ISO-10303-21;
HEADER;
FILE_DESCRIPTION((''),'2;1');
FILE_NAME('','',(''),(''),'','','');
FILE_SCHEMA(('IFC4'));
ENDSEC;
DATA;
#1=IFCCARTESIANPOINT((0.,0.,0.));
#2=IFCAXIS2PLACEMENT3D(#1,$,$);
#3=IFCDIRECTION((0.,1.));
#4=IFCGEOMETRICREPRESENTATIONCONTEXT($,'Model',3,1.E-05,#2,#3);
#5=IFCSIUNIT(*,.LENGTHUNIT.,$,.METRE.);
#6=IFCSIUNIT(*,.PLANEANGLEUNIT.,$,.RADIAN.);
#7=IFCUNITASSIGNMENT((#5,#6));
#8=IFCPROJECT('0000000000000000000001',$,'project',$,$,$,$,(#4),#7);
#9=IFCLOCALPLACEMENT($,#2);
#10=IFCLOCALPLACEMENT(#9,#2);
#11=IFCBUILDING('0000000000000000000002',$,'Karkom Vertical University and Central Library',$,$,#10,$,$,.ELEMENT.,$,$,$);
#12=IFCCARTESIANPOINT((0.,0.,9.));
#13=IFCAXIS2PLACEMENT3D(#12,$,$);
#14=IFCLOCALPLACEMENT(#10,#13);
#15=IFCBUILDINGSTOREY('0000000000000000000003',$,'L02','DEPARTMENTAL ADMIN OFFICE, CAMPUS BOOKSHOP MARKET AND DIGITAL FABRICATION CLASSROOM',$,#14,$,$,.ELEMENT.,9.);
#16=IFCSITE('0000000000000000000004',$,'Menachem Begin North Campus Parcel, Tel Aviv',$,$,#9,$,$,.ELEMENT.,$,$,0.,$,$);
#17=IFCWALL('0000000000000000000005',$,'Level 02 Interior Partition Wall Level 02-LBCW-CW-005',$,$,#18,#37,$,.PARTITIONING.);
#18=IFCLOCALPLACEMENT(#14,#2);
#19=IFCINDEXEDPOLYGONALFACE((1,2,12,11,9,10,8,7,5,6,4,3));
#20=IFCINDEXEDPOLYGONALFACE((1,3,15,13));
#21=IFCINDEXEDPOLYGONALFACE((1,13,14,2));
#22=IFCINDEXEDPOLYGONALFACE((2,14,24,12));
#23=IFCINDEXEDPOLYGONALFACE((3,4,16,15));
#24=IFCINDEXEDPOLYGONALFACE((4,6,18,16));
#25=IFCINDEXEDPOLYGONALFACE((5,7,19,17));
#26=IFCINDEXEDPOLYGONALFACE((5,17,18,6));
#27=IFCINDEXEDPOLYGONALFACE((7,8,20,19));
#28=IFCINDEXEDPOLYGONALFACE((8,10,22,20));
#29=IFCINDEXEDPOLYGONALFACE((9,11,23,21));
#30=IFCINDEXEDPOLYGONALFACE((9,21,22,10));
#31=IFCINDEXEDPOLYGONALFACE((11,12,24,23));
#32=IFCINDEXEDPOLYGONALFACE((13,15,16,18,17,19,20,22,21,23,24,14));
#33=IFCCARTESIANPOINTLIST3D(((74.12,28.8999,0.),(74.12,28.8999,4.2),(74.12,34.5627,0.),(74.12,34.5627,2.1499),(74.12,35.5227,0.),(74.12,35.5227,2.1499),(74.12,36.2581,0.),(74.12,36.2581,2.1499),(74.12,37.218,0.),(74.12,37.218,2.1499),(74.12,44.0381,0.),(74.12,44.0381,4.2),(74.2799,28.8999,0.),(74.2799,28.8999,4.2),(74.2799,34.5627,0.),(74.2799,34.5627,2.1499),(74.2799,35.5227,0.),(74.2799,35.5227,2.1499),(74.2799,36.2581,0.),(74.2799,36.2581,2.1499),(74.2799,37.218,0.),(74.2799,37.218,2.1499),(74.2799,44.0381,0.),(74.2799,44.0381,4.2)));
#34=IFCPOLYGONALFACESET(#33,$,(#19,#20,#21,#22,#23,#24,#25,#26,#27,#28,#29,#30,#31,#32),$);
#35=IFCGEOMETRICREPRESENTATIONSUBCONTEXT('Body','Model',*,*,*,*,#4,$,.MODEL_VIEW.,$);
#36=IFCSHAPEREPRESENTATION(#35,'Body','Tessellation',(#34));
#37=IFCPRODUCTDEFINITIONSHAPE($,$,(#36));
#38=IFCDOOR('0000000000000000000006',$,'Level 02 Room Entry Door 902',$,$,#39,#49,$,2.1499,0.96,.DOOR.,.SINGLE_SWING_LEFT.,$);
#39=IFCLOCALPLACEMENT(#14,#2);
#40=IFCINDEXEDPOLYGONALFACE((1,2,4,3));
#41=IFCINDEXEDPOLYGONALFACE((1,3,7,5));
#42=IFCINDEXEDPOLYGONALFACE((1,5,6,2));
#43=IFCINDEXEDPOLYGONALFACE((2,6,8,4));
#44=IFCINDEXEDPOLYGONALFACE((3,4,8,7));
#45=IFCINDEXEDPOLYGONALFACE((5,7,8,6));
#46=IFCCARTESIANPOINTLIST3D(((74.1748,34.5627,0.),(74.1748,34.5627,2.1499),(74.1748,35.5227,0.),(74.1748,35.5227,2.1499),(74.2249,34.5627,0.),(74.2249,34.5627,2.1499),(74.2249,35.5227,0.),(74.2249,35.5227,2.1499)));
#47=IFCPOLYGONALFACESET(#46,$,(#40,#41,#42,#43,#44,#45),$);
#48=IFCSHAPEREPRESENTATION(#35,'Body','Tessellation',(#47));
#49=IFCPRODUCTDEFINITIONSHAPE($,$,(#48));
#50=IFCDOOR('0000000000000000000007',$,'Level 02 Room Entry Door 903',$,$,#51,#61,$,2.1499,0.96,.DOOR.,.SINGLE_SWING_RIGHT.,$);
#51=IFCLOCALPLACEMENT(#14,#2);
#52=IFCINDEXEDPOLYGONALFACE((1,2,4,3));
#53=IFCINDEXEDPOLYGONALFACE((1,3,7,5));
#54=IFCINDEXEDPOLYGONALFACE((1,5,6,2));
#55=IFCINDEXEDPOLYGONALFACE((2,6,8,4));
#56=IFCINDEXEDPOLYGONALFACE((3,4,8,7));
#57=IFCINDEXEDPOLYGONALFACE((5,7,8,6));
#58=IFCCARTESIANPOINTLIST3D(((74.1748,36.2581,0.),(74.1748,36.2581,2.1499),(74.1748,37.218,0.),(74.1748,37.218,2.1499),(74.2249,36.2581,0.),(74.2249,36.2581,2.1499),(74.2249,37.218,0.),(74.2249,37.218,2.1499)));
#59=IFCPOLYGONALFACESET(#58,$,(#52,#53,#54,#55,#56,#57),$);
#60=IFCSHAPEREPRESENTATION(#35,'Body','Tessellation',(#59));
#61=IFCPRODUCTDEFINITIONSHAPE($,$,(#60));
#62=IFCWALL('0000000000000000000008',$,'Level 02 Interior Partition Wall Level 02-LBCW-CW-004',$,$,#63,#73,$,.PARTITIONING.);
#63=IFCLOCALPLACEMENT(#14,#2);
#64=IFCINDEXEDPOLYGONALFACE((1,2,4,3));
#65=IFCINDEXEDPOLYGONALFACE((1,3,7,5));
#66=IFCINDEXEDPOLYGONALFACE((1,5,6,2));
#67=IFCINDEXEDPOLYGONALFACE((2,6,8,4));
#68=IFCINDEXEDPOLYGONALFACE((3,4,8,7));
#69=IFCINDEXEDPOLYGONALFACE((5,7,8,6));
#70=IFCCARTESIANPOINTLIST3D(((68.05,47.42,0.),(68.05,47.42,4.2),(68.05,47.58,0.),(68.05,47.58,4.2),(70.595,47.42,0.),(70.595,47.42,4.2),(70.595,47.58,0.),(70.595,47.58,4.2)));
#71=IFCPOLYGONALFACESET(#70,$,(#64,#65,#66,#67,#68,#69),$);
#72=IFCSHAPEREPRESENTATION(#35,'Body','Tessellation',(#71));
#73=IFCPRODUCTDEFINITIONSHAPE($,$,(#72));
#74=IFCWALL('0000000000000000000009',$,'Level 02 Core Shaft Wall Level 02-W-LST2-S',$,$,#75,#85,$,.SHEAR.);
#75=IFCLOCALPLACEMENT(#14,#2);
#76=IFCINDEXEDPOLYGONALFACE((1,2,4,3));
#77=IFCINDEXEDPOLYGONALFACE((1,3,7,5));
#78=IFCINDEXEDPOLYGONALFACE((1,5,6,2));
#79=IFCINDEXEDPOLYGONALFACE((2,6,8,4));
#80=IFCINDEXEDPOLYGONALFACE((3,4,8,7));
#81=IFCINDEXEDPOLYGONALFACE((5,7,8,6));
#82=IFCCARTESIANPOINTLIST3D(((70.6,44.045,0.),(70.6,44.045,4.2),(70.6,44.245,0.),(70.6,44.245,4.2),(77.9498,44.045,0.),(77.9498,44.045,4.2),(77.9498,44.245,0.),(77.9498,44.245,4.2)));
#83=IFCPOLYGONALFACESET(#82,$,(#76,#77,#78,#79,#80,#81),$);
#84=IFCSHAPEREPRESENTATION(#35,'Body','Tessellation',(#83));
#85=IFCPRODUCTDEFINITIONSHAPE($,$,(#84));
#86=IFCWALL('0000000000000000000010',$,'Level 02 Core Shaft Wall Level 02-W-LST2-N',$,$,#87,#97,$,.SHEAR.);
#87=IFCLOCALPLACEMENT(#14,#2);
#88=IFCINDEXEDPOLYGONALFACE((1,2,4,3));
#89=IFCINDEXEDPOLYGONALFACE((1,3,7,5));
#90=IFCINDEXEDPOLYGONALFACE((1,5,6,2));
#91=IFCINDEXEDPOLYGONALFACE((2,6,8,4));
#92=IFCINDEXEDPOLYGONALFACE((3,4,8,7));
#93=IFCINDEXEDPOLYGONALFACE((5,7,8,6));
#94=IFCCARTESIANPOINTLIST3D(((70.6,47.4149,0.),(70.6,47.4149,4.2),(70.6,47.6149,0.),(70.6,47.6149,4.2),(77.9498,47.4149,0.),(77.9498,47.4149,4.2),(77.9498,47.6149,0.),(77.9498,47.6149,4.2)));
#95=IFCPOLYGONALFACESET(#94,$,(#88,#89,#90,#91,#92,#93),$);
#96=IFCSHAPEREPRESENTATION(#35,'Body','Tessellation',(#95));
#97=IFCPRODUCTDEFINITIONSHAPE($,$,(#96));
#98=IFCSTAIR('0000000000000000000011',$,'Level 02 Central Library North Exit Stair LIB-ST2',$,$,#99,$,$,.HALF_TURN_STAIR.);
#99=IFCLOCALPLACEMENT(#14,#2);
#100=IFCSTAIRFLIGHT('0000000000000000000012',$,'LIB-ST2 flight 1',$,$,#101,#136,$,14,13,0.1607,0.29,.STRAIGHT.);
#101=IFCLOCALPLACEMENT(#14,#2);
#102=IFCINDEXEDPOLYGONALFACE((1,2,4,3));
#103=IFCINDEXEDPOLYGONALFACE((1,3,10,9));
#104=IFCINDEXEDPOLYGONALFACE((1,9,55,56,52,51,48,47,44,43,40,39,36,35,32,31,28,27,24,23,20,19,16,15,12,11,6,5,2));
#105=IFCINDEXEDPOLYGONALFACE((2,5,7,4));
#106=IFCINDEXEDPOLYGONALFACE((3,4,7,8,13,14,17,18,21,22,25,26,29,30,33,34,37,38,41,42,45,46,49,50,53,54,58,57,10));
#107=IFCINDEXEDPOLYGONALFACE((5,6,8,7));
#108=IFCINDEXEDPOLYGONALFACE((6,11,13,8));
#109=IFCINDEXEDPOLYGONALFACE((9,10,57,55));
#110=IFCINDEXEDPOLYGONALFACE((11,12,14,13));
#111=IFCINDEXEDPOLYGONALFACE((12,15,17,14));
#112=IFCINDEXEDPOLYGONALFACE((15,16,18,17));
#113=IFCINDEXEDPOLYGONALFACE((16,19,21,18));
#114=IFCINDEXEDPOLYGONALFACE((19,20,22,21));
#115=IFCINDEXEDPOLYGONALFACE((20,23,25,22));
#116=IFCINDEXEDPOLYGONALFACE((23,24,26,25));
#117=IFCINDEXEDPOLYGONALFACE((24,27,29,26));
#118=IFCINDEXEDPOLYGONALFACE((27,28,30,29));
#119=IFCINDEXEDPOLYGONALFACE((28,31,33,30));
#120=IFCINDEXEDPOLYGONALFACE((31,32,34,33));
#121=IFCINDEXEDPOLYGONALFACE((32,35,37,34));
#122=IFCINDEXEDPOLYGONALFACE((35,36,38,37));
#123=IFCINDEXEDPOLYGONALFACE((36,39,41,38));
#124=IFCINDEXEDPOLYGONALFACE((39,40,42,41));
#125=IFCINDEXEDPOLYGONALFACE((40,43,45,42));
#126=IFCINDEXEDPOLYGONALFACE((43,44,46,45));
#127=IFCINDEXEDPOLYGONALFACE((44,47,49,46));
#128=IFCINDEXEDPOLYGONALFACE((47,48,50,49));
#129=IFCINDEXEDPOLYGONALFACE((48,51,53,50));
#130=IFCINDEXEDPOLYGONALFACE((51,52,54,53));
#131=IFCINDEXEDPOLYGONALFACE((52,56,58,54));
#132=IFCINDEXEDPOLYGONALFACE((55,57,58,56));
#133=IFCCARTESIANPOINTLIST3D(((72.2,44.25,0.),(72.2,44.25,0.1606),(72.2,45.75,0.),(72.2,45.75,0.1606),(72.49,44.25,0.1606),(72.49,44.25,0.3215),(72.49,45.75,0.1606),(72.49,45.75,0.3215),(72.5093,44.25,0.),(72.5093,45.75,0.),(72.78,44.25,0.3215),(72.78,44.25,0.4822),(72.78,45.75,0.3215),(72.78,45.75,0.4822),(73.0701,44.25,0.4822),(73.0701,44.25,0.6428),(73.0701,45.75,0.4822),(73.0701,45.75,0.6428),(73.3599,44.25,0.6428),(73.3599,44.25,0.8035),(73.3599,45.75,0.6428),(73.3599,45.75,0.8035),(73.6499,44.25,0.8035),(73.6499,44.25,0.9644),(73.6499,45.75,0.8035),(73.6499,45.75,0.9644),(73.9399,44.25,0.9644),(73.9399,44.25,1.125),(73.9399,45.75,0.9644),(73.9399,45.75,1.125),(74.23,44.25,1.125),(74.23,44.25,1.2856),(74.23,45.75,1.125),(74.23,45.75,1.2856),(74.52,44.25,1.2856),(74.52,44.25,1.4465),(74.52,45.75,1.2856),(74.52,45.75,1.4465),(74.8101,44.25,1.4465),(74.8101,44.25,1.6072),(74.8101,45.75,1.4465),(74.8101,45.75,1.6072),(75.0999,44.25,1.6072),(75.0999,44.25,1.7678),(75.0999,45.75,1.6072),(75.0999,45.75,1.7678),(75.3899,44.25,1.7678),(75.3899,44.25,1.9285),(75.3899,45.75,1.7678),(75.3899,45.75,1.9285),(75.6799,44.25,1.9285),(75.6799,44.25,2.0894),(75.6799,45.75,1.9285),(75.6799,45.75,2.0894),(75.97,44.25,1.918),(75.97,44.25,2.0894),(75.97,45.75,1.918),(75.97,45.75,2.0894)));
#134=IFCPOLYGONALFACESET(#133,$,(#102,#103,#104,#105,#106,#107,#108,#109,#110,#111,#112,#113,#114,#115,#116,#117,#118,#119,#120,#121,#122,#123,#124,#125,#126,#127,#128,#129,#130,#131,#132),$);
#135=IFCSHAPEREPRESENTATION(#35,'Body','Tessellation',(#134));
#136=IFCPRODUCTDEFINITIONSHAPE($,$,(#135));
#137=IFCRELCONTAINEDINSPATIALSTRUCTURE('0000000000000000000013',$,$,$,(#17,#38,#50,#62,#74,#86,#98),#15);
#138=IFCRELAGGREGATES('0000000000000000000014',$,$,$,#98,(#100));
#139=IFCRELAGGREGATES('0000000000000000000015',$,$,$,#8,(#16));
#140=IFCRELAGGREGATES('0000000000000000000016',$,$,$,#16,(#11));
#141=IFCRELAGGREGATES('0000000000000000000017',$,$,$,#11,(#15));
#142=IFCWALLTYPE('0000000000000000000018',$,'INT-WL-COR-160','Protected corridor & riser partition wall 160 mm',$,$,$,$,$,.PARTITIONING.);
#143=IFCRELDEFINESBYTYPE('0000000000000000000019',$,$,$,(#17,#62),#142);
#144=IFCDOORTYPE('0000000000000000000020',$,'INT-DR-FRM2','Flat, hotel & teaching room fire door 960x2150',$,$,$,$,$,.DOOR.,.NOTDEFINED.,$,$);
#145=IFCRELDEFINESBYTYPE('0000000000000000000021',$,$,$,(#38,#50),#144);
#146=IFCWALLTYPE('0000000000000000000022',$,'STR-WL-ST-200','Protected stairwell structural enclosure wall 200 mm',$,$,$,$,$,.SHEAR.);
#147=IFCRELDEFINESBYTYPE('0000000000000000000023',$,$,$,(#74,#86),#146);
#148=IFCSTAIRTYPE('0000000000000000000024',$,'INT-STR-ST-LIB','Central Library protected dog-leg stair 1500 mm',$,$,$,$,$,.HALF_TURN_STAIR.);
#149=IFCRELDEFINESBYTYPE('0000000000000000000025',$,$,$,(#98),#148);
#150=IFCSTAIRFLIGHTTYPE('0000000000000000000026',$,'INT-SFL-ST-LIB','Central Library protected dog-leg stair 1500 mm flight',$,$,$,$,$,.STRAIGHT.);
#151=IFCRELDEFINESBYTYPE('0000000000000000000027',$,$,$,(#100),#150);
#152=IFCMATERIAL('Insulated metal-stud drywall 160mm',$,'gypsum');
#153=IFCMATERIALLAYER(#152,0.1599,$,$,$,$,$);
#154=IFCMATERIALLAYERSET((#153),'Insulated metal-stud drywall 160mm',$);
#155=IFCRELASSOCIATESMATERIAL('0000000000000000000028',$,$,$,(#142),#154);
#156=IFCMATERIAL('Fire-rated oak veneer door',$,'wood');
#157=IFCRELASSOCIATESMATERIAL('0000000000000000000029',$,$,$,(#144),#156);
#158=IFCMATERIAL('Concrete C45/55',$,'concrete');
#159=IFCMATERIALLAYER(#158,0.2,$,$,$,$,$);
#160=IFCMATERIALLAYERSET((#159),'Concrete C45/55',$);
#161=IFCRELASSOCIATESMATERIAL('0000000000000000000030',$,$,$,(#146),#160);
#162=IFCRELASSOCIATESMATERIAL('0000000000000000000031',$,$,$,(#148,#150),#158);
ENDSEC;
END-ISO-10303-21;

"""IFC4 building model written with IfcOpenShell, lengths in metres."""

from ifc_helpers import new_model, si_unit, direction, frame, frame_2d, origin, origin_with_axes, place, context, subcontext, project, spatial, polyline, rectangle, outline, extrude, source, transform, mapped, material, layer, layer_set, type_object, element, fill, aggregate, save


model = new_model("IFC4")

# Units and contexts
model_context = context("Model", 3, precision=1e-05, world=origin(), true_north=direction((0.0, 1.0)))
body_context = subcontext(model_context, "Body", "Model", "MODEL_VIEW")
ifc_project = project(units=[si_unit("LENGTHUNIT", "METRE"), si_unit("PLANEANGLEUNIT", "RADIAN")], contexts=[model_context])

# Site, building, storey
site_placement = place(None, origin())
site = spatial("IfcSite", under=ifc_project, at=site_placement, Name="Menachem Begin North Campus Parcel, Tel Aviv", CompositionType="ELEMENT", RefElevation=0.0)
building_placement = place(site_placement, origin())
building = spatial("IfcBuilding", under=site, at=building_placement, Name="Karkom Vertical University and Central Library", CompositionType="ELEMENT")
storey_placement = place(building_placement, frame((0.0, 0.0, 9.0)))
storey = spatial("IfcBuildingStorey", under=building, at=storey_placement, Name="L02", Description="DEPARTMENTAL ADMIN OFFICE, CAMPUS BOOKSHOP MARKET AND DIGITAL FABRICATION CLASSROOM", CompositionType="ELEMENT", Elevation=9.0)

# Shared definitions
ifc_material_1 = material(Name="Concrete C45/55", Category="concrete")

# Wall, openings, doors
ifc_material_2 = material(Name="Insulated metal-stud drywall 160mm", Category="gypsum")
ifc_layer_1 = layer(ifc_material_2, 0.1599)
ifc_layer_set_1 = layer_set([ifc_layer_1], Name="Insulated metal-stud drywall 160mm")
wall_type_1 = type_object("IfcWallType", Name="INT-WL-COR-160", Description="Protected corridor & riser partition wall 160 mm", PredefinedType="PARTITIONING", material=ifc_layer_set_1)
wall_1_placement = place(storey_placement, frame((74.2, 44.0381, 0.0), z_axis=(0.0, 0.0, 1.0), x_axis=(0.0, -1.0, 0.0)))
wall_1 = element("IfcWall", 1, at=wall_1_placement, inside=storey, type_object=wall_type_1, Name="Level 02 Interior Partition Wall Level 02-LBCW-CW-005", PredefinedType="PARTITIONING", context=body_context, shape_type="SweptSolid", body=[
    extrude(rectangle(XDim=15.1382, YDim=0.1599, at=frame_2d((7.5691, 0.0))), origin(), (0.0, 0.0, 1.0), 4.2),
])
opening_1_placement = place(wall_1_placement, frame((8.5154, 0.0, 0.0)))
opening_1 = element("IfcOpeningElement", 2, at=opening_1_placement, cuts=wall_1, PredefinedType="OPENING", context=body_context, shape_type="SweptSolid", body=[
    extrude(rectangle(XDim=0.96, YDim=2.1499, at=frame_2d((0.48, 1.075))), frame((0.0, 0.0898, 0.0), z_axis=(0.0, -1.0, 0.0), x_axis=(1.0, 0.0, 0.0)), (0.0, 0.0, 1.0), 0.1799),
])
opening_2_placement = place(wall_1_placement, frame((6.8201, 0.0, 0.0)))
opening_2 = element("IfcOpeningElement", 3, at=opening_2_placement, cuts=wall_1, PredefinedType="OPENING", context=body_context, shape_type="SweptSolid", body=[
    extrude(rectangle(XDim=0.96, YDim=2.1499, at=frame_2d((0.48, 1.075))), frame((0.0, 0.0898, 0.0), z_axis=(0.0, -1.0, 0.0), x_axis=(1.0, 0.0, 0.0)), (0.0, 0.0, 1.0), 0.1799),
])
ifc_material_3 = material(Name="Fire-rated oak veneer door", Category="wood")
door_type_1 = type_object("IfcDoorType", Name="INT-DR-FRM2", Description="Flat, hotel & teaching room fire door 960x2150", OperationType="NOTDEFINED", PredefinedType="DOOR", material=ifc_material_3)
shared_shape_1 = source(origin_with_axes(), body_context, "Body", "SweptSolid", [
    extrude(rectangle(XDim=0.96, YDim=2.1499, at=frame_2d((0.48, 1.075))), frame((0.0, 0.0249, 0.0), z_axis=(0.0, -1.0, 0.0), x_axis=(1.0, 0.0, 0.0)), (0.0, 0.0, 1.0), 0.05),
])
door_1_placement = place(opening_1_placement, origin())
door_1 = element("IfcDoor", 4, at=door_1_placement, inside=storey, type_object=door_type_1, Name="Level 02 Room Entry Door 902", OperationType="SINGLE_SWING_LEFT", OverallHeight=2.1499, OverallWidth=0.96, PredefinedType="DOOR", context=body_context, shape_type="MappedRepresentation", body=[
    mapped(shared_shape_1, transform((0.0, 0.0, 0.0), scale=1.0)),
])
fill(opening_1, door_1)
door_2_placement = place(opening_2_placement, origin())
door_2 = element("IfcDoor", 5, at=door_2_placement, inside=storey, type_object=door_type_1, Name="Level 02 Room Entry Door 903", OperationType="SINGLE_SWING_RIGHT", OverallHeight=2.1499, OverallWidth=0.96, PredefinedType="DOOR", context=body_context, shape_type="MappedRepresentation", body=[
    mapped(shared_shape_1, transform((0.0, 0.0, 0.0), scale=1.0)),
])
fill(opening_2, door_2)

# Walls
wall_2_placement = place(storey_placement, frame((68.05, 47.5, 0.0), z_axis=(0.0, 0.0, 1.0), x_axis=(1.0, 0.0, 0.0)))
element("IfcWall", 6, at=wall_2_placement, inside=storey, type_object=wall_type_1, Name="Level 02 Interior Partition Wall Level 02-LBCW-CW-004", PredefinedType="PARTITIONING", context=body_context, shape_type="SweptSolid", body=[
    extrude(rectangle(XDim=2.5449, YDim=0.1599, at=frame_2d((1.2725, 0.0))), origin(), (0.0, 0.0, 1.0), 4.2),
])
ifc_layer_2 = layer(ifc_material_1, 0.2)
ifc_layer_set_2 = layer_set([ifc_layer_2], Name="Concrete C45/55")
wall_type_2 = type_object("IfcWallType", Name="STR-WL-ST-200", Description="Protected stairwell structural enclosure wall 200 mm", PredefinedType="SHEAR", material=ifc_layer_set_2)
for number, where, z_axis, x_axis, name in (
    (7, (70.6001, 44.145, 0.0), (0.0, 0.0, 1.0), (1.0, 0.0, 0.0), "Level 02 Core Shaft Wall Level 02-W-LST2-S"),
    (8, (70.6001, 47.5149, 0.0), (0.0, 0.0, 1.0), (1.0, 0.0, 0.0), "Level 02 Core Shaft Wall Level 02-W-LST2-N"),
):
    element("IfcWall", number, at=place(storey_placement, frame(where, z_axis=z_axis, x_axis=x_axis)), inside=storey, type_object=wall_type_2, Name=name, PredefinedType="SHEAR", context=body_context, shape_type="SweptSolid", body=[
        extrude(rectangle(XDim=7.3499, YDim=0.2, at=frame_2d((3.6748, 0.0))), origin(), (0.0, 0.0, 1.0), 4.2),
    ])

# Stair, stair flight
stair_type = type_object("IfcStairType", Name="INT-STR-ST-LIB", Description="Central Library protected dog-leg stair 1500 mm", PredefinedType="HALF_TURN_STAIR", material=ifc_material_1)
stair_placement = place(storey_placement, origin())
stair = element("IfcStair", 9, at=stair_placement, inside=storey, type_object=stair_type, Name="Level 02 Central Library North Exit Stair LIB-ST2", PredefinedType="HALF_TURN_STAIR")
stair_flight_type = type_object("IfcStairFlightType", Name="INT-SFL-ST-LIB", Description="Central Library protected dog-leg stair 1500 mm flight", PredefinedType="STRAIGHT", material=ifc_material_1)
stair_flight_placement = place(storey_placement, frame((72.2, 45.0, 0.0), z_axis=(0.0, 0.0, 1.0), x_axis=(1.0, 0.0, 0.0)))
stair_flight = element("IfcStairFlight", 10, at=stair_flight_placement, type_object=stair_flight_type, Name="LIB-ST2 flight 1", NumberOfRisers=14, NumberOfTreads=13, PredefinedType="STRAIGHT", RiserHeight=0.1607, TreadLength=0.29, context=body_context, shape_type="SweptSolid", body=[
    extrude(outline(polyline([(0.0, 0.0), (0.0, 0.1606), (0.29, 0.1606), (0.29, 0.3215), (0.5801, 0.3215), (0.5801, 0.4822), (0.8701, 0.4822), (0.8701, 0.6428), (1.1599, 0.6428), (1.1599, 0.8035), (1.45, 0.8035), (1.45, 0.9644), (1.74, 0.9644), (1.74, 1.125), (2.03, 1.125), (2.03, 1.2856), (2.3201, 1.2856), (2.3201, 1.4465), (2.6101, 1.4465), (2.6101, 1.6072), (2.8999, 1.6072), (2.8999, 1.7678), (3.1899, 1.7678), (3.1899, 1.9285), (3.48, 1.9285), (3.48, 2.0894), (3.77, 2.0894), (3.77, 2.25), (3.77, 1.918), (0.3093, 0.0), (0.0, 0.0)])), frame((0.0, 0.75, 0.0), z_axis=(0.0, -1.0, 0.0), x_axis=(1.0, 0.0, 0.0)), (0.0, 0.0, 1.0), 1.5),
])
aggregate(stair, [stair_flight])

save(model, "model.ifc")
